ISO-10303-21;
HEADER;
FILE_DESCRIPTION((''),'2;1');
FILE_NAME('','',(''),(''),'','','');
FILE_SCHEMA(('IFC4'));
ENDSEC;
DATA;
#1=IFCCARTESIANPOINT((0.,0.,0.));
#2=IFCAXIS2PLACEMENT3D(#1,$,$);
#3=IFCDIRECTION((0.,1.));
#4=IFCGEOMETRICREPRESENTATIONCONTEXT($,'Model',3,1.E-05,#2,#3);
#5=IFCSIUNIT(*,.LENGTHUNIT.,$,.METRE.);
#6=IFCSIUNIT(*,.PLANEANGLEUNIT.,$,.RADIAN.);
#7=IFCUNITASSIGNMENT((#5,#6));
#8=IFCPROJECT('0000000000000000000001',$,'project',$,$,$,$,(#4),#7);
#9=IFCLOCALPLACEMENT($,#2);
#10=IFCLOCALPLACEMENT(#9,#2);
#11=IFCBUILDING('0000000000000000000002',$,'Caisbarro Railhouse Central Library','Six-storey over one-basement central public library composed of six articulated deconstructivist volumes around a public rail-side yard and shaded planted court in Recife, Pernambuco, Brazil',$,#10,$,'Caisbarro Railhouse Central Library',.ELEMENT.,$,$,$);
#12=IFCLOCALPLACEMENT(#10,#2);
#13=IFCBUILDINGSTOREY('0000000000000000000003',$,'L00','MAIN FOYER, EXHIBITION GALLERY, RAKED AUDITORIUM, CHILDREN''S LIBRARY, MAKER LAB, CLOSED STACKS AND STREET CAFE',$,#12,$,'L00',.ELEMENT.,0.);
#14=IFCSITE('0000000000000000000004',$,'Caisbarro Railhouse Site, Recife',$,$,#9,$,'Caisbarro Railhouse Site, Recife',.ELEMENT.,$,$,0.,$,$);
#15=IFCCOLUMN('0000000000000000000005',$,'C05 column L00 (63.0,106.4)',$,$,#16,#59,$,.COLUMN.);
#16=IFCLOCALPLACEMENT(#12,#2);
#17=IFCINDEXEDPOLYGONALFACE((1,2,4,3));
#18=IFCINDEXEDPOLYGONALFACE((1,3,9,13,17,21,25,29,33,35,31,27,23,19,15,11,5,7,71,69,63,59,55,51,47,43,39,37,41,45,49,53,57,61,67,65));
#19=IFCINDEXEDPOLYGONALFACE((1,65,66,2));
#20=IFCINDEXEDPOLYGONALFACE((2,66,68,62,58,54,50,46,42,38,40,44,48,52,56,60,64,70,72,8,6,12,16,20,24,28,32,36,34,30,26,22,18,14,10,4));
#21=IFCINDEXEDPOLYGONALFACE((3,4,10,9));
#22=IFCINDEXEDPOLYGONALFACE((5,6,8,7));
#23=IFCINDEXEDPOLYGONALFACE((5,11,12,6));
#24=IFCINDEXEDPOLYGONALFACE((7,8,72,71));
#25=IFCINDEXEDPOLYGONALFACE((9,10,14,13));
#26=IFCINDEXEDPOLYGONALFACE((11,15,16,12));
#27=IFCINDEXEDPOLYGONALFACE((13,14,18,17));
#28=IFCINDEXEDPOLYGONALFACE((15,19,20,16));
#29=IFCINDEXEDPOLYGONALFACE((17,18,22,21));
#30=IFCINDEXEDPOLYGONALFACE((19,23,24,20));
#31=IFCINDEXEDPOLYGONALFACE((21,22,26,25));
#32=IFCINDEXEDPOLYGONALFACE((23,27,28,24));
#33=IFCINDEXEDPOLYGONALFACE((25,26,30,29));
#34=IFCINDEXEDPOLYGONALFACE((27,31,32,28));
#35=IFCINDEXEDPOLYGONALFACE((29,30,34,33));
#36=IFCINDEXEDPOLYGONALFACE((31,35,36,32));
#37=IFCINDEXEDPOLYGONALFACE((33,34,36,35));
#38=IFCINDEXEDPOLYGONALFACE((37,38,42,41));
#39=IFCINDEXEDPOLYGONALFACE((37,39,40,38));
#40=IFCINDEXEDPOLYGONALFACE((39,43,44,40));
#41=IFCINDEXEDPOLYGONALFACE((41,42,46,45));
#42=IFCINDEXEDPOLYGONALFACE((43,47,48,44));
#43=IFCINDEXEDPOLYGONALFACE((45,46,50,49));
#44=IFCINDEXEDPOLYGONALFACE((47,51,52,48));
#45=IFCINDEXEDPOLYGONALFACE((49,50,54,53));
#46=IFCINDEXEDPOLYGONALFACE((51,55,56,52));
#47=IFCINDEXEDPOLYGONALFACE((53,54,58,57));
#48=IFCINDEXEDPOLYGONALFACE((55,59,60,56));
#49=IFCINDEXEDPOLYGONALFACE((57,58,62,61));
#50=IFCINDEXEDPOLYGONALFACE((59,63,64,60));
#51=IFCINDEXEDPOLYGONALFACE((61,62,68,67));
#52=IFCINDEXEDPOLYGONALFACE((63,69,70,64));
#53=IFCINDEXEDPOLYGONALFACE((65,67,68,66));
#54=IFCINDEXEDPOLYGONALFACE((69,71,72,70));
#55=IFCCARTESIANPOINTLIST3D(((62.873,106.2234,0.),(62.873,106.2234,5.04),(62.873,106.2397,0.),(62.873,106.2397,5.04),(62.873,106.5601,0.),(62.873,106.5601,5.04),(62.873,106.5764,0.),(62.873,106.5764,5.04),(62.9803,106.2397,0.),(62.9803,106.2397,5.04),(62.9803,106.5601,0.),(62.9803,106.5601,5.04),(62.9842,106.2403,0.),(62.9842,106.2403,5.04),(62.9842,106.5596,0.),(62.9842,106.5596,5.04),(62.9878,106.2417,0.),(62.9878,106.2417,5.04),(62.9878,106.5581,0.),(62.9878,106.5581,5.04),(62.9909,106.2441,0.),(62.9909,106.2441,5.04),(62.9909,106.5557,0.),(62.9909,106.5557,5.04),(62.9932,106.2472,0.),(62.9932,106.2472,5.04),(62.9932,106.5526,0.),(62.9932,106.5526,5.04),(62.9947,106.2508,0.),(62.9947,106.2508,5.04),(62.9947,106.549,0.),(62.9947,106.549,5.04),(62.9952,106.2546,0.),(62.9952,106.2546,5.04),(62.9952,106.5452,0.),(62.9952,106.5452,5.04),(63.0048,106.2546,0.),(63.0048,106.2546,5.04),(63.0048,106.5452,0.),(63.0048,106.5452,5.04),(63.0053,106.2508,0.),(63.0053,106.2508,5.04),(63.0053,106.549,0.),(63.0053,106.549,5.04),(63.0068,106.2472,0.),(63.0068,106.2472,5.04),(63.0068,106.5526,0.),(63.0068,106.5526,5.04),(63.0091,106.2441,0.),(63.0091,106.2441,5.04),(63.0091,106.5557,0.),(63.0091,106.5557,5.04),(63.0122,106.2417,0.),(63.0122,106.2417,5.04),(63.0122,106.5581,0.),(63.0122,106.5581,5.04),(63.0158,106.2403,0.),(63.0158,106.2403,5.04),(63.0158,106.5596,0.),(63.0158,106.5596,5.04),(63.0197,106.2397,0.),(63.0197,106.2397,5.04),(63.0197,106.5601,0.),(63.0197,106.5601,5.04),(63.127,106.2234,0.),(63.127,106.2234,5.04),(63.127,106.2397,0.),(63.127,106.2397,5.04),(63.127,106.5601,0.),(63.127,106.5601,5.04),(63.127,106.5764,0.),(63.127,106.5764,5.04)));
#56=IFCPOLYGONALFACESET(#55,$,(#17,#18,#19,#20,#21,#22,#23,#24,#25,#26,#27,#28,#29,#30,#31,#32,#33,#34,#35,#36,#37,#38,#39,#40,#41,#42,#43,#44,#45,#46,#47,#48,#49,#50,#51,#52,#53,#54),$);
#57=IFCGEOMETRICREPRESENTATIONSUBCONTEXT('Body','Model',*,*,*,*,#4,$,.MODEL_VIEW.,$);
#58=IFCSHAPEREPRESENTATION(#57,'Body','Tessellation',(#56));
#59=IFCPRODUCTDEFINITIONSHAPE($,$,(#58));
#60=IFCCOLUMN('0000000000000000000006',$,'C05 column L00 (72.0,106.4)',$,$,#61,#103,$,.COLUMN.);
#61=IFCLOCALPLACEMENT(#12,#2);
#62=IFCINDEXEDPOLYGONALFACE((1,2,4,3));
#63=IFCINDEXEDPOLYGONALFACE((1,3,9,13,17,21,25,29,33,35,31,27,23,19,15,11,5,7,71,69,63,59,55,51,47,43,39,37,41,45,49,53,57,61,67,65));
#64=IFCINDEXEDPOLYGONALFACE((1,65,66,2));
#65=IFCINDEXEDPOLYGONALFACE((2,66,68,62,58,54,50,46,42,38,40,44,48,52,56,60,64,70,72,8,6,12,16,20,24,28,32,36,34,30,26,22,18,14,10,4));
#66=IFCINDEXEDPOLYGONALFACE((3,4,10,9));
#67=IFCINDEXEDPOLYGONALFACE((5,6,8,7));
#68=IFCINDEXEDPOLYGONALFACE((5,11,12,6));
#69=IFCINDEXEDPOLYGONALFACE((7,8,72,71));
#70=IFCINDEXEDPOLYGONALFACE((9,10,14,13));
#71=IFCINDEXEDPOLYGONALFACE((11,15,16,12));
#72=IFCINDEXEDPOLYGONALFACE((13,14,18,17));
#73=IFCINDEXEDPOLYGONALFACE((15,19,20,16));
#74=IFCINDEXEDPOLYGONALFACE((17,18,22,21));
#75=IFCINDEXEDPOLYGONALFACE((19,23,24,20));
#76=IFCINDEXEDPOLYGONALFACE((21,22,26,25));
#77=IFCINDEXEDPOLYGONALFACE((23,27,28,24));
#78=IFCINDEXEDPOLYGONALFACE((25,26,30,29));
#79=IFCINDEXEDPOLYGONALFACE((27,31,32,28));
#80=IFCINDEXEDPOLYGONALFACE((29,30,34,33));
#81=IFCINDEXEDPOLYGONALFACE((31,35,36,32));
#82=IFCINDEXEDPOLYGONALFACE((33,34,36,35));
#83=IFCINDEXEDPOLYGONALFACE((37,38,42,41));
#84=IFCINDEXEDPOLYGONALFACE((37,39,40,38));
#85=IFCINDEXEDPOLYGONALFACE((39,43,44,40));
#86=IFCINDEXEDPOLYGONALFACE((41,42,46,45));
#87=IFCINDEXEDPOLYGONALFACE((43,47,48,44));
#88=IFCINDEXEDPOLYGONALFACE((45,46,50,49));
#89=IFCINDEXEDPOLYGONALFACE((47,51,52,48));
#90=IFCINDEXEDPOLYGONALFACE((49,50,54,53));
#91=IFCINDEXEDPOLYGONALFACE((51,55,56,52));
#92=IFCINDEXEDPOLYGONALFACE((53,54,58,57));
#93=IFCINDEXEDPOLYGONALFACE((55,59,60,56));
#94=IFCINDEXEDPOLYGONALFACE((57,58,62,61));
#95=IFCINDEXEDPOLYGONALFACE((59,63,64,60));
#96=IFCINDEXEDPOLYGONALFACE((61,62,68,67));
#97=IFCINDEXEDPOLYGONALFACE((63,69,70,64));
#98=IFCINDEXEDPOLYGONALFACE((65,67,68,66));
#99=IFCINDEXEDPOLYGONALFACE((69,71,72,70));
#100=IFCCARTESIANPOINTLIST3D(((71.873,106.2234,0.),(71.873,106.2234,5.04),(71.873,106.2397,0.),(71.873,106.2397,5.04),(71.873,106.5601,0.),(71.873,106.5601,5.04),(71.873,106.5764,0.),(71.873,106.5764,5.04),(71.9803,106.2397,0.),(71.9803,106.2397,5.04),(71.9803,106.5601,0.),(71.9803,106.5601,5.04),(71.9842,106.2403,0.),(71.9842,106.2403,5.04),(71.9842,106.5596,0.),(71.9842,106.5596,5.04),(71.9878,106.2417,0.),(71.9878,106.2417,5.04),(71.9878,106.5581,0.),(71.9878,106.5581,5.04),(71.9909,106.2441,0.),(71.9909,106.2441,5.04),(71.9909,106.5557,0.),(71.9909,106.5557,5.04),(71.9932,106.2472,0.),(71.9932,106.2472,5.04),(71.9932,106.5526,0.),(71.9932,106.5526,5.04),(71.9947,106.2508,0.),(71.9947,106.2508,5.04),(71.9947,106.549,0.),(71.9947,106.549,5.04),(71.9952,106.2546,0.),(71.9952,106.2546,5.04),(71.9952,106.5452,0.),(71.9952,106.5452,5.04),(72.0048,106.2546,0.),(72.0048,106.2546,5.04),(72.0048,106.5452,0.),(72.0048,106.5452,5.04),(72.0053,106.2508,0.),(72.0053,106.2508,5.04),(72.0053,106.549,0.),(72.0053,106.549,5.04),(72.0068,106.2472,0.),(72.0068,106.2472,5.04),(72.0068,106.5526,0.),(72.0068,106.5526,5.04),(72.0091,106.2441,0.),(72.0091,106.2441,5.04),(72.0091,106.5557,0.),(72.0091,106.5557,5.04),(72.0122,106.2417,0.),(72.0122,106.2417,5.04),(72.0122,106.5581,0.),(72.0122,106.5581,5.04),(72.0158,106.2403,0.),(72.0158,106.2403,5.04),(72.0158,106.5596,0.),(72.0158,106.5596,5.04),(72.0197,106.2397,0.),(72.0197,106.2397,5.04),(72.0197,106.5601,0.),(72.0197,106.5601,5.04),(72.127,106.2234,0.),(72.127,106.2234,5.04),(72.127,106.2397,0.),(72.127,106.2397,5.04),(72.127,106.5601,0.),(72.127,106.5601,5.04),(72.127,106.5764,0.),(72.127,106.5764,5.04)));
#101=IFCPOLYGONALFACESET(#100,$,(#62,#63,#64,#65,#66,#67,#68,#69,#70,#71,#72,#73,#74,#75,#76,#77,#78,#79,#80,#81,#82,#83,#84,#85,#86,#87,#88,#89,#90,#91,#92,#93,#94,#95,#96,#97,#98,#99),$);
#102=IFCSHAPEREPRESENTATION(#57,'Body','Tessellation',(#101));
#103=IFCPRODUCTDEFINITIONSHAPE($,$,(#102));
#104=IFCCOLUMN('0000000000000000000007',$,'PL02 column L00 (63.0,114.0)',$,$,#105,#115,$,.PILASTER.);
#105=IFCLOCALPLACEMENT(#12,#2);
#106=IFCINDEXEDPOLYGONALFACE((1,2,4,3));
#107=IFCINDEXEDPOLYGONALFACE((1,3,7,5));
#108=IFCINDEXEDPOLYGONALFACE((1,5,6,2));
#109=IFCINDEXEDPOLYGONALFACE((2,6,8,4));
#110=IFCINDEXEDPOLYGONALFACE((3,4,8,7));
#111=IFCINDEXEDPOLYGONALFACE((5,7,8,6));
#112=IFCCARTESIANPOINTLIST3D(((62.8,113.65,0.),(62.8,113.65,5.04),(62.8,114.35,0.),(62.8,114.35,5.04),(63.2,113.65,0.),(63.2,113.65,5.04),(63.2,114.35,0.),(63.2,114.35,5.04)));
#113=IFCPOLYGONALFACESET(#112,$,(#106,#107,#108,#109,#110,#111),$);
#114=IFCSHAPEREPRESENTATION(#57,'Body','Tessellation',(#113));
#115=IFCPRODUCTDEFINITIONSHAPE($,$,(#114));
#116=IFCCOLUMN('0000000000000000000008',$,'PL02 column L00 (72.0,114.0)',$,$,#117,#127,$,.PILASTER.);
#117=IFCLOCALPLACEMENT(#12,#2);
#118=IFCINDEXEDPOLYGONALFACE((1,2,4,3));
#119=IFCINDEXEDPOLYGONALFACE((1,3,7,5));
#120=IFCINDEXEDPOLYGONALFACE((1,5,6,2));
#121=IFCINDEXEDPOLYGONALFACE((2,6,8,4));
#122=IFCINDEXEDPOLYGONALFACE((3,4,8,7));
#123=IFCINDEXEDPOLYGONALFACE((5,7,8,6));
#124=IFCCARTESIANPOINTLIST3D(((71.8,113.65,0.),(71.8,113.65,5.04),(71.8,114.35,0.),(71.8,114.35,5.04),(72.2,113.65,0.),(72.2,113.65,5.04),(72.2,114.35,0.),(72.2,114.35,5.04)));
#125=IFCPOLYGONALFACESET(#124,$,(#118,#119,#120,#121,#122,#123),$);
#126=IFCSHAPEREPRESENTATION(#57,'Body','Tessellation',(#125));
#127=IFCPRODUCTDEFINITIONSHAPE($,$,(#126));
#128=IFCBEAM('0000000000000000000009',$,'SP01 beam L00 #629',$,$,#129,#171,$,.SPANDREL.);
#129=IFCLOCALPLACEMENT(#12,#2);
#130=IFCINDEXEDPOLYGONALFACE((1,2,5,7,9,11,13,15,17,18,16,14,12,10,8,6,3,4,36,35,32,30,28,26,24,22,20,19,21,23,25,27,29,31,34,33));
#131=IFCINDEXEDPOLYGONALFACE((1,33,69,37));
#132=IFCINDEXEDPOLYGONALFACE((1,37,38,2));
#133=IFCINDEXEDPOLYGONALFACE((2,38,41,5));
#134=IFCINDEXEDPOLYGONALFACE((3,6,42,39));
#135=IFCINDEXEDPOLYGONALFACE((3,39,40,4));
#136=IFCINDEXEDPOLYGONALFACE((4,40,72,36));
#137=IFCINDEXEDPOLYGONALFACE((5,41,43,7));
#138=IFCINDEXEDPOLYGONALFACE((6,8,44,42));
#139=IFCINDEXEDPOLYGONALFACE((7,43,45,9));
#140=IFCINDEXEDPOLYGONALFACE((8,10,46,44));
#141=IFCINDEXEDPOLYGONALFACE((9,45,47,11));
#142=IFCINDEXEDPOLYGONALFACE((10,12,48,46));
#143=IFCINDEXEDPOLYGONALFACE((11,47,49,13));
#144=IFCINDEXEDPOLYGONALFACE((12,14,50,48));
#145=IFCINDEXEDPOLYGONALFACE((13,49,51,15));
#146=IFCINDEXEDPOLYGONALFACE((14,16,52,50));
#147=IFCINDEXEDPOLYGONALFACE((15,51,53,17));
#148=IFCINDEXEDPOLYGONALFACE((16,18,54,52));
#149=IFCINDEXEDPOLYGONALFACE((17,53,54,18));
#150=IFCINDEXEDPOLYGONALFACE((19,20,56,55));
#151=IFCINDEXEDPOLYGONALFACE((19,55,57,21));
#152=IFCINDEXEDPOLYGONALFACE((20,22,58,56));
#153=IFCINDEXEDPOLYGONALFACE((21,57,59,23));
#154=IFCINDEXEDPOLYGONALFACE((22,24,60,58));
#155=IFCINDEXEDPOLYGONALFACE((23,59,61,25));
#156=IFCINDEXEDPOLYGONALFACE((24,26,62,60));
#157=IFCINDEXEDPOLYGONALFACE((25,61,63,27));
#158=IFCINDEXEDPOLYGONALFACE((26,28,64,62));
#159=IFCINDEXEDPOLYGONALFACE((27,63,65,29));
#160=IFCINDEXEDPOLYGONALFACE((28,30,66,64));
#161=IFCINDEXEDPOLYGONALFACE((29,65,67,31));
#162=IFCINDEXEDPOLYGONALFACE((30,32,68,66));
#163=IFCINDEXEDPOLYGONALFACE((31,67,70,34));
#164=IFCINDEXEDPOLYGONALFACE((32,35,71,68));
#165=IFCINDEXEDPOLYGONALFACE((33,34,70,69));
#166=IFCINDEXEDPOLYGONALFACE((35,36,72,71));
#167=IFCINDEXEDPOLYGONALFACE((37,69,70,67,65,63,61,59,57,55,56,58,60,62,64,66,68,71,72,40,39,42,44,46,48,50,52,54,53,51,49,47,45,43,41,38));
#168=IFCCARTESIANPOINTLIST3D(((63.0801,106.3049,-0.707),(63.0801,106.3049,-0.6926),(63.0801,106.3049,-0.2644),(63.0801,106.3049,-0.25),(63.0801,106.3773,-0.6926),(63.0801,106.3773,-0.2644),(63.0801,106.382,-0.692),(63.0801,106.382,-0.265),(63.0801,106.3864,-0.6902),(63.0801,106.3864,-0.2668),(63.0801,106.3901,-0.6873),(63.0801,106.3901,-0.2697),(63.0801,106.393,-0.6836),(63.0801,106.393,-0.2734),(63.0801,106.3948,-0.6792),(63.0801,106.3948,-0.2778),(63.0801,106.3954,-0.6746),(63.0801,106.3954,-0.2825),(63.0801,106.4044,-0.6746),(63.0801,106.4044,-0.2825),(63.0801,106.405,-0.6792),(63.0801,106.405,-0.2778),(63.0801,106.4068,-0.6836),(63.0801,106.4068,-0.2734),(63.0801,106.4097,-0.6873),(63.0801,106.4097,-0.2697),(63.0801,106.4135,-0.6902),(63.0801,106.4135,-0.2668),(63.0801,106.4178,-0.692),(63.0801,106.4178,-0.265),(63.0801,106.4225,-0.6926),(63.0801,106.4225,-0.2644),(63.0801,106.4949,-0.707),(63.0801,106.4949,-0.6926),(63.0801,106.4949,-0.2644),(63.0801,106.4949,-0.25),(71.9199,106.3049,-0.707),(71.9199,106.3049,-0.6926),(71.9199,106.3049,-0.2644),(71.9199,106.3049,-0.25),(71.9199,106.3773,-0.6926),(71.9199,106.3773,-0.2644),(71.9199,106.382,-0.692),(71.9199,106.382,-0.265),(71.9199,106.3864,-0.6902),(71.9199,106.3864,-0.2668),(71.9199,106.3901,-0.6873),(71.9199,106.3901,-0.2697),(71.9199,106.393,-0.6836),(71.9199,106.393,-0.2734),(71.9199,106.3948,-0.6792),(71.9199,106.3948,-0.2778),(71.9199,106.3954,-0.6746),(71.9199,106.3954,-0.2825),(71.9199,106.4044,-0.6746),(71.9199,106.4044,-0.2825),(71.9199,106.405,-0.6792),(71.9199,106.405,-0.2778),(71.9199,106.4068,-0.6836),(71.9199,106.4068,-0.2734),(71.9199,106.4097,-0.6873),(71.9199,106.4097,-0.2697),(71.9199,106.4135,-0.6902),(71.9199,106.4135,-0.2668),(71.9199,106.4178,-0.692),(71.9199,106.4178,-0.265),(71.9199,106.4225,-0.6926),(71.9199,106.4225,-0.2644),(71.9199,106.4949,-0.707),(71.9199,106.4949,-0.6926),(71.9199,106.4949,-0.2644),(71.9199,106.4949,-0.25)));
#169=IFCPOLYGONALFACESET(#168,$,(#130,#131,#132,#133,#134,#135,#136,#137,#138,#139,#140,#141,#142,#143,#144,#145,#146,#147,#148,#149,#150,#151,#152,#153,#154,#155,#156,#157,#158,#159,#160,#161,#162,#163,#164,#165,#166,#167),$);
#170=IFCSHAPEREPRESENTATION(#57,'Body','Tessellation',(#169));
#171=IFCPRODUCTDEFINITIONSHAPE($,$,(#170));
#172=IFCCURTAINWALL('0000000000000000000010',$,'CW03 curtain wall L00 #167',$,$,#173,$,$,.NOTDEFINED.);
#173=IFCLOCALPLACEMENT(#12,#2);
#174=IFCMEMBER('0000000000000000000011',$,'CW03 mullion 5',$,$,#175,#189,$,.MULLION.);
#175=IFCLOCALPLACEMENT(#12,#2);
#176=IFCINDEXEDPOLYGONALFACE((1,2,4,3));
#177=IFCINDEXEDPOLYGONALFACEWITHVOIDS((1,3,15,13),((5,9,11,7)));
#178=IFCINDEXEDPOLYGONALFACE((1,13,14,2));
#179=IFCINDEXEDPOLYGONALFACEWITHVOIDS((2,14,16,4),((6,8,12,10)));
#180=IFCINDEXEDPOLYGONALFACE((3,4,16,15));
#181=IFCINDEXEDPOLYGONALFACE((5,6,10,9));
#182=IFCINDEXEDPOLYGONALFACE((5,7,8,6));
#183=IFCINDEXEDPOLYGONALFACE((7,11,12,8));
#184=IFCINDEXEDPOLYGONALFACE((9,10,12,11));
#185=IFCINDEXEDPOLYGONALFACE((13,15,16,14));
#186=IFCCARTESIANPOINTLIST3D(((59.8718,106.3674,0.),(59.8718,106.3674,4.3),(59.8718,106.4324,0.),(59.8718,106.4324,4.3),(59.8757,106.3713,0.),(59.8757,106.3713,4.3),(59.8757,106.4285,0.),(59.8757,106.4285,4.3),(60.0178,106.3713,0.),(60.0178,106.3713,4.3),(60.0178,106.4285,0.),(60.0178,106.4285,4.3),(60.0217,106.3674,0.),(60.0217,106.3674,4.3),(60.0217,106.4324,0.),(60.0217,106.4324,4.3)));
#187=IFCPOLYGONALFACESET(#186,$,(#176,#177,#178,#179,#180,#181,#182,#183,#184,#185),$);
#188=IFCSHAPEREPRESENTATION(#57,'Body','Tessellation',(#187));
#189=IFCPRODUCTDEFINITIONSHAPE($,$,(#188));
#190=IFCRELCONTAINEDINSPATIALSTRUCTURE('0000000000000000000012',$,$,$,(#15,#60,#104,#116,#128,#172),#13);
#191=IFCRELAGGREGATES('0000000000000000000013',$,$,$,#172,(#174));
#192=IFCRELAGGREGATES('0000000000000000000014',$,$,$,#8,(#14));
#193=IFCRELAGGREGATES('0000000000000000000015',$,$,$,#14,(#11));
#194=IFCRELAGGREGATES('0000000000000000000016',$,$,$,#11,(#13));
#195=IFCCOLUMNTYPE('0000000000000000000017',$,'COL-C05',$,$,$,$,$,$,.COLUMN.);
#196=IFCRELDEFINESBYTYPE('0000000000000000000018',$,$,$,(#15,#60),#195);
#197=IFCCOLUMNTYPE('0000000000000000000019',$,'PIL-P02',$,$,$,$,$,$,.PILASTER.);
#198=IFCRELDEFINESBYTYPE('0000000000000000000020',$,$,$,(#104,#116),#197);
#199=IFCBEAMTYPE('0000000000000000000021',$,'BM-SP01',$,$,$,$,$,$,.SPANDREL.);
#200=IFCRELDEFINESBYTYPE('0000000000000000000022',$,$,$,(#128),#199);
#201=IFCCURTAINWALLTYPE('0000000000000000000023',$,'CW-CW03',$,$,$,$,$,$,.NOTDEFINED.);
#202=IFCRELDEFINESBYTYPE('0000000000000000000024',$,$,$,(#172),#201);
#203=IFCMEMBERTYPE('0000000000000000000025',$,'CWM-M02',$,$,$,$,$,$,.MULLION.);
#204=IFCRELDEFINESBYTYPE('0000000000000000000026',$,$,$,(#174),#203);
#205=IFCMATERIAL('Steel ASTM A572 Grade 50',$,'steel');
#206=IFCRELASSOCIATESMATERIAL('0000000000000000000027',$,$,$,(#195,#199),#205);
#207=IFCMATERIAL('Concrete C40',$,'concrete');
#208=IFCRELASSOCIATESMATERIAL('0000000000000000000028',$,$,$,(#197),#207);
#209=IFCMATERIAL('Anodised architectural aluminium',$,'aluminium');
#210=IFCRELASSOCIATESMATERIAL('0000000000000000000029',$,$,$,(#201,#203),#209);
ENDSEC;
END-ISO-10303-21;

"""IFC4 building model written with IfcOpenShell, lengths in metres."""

from ifc_helpers import new_model, si_unit, direction, frame, origin, origin_2d, place, context, subcontext, project, spatial, rectangle, hollow_rectangle, i_section, extrude, material, material_profile, profile_set, type_object, element, aggregate, save


model = new_model("IFC4")

# Units and contexts
model_context = context("Model", 3, precision=1e-05, world=origin(), true_north=direction((0.0, 1.0)))
body_context = subcontext(model_context, "Body", "Model", "MODEL_VIEW")
ifc_project = project(units=[si_unit("LENGTHUNIT", "METRE"), si_unit("PLANEANGLEUNIT", "RADIAN")], contexts=[model_context])

# Site, building, storey
site_placement = place(None, origin())
site = spatial("IfcSite", under=ifc_project, at=site_placement, Name="Caisbarro Railhouse Site, Recife", LongName="Caisbarro Railhouse Site, Recife", CompositionType="ELEMENT", RefElevation=0.0)
building_placement = place(site_placement, origin())
building = spatial("IfcBuilding", under=site, at=building_placement, Name="Caisbarro Railhouse Central Library", Description="Six-storey over one-basement central public library composed of six articulated deconstructivist volumes around a public rail-side yard and shaded planted court in Recife, Pernambuco, Brazil", LongName="Caisbarro Railhouse Central Library", CompositionType="ELEMENT")
storey_placement = place(building_placement, origin())
storey = spatial("IfcBuildingStorey", under=building, at=storey_placement, Name="L00", Description="MAIN FOYER, EXHIBITION GALLERY, RAKED AUDITORIUM, CHILDREN'S LIBRARY, MAKER LAB, CLOSED STACKS AND STREET CAFE", LongName="L00", CompositionType="ELEMENT", Elevation=0.0)

# Columns
ifc_material_1 = material(Name="Steel ASTM A572 Grade 50", Category="steel")
ifc_material_profile_1 = material_profile(ifc_material_1, i_section(OverallWidth=0.2539, OverallDepth=0.353, WebThickness=0.0095, FlangeThickness=0.0164, FilletRadius=0.0149, at=origin_2d()), Name="W360X91.0")
ifc_profile_set_1 = profile_set([ifc_material_profile_1], Name="Steel ASTM A572 Grade 50")
column_type_1 = type_object("IfcColumnType", Name="COL-C05", PredefinedType="COLUMN", material=ifc_profile_set_1)
for number, where, z_axis, x_axis, name in (
    (1, (63.0, 106.3999, 0.0), (0.0, 0.0, 1.0), (1.0, 0.0, 0.0), "C05 column L00 (63.0,106.4)"),
    (2, (72.0, 106.3999, 0.0), (0.0, 0.0, 1.0), (1.0, 0.0, 0.0), "C05 column L00 (72.0,106.4)"),
):
    element("IfcColumn", number, at=place(storey_placement, frame(where, z_axis=z_axis, x_axis=x_axis)), inside=storey, type_object=column_type_1, Name=name, PredefinedType="COLUMN", context=body_context, shape_type="SweptSolid", body=[
        extrude(i_section(OverallWidth=0.2539, OverallDepth=0.353, WebThickness=0.0095, FlangeThickness=0.0164, FilletRadius=0.0149, at=origin_2d()), origin(), (0.0, 0.0, 1.0), 5.04),
    ])
ifc_material_2 = material(Name="Concrete C40", Category="concrete")
ifc_material_profile_2 = material_profile(ifc_material_2, rectangle(XDim=0.3999, YDim=0.7, at=origin_2d()), Name="RC-PIL-400X700")
ifc_profile_set_2 = profile_set([ifc_material_profile_2], Name="Concrete C40")
column_type_2 = type_object("IfcColumnType", Name="PIL-P02", PredefinedType="PILASTER", material=ifc_profile_set_2)
for number, where, z_axis, x_axis, name in (
    (3, (63.0, 114.0, 0.0), (0.0, 0.0, 1.0), (1.0, 0.0, 0.0), "PL02 column L00 (63.0,114.0)"),
    (4, (72.0, 114.0, 0.0), (0.0, 0.0, 1.0), (1.0, 0.0, 0.0), "PL02 column L00 (72.0,114.0)"),
):
    element("IfcColumn", number, at=place(storey_placement, frame(where, z_axis=z_axis, x_axis=x_axis)), inside=storey, type_object=column_type_2, Name=name, PredefinedType="PILASTER", context=body_context, shape_type="SweptSolid", body=[
        extrude(rectangle(XDim=0.3999, YDim=0.7, at=origin_2d()), origin(), (0.0, 0.0, 1.0), 5.04),
    ])

# Beam
ifc_material_profile_3 = material_profile(ifc_material_1, i_section(OverallWidth=0.1899, OverallDepth=0.457, WebThickness=0.009, FlangeThickness=0.0144, FilletRadius=0.0181, at=origin_2d()), Name="W460X74.0")
ifc_profile_set_3 = profile_set([ifc_material_profile_3], Name="Steel ASTM A572 Grade 50")
beam_type = type_object("IfcBeamType", Name="BM-SP01", PredefinedType="SPANDREL", material=ifc_profile_set_3)
beam_placement = place(storey_placement, frame((63.0801, 106.3999, -0.4785), z_axis=(1.0, 0.0, 0.0), x_axis=(0.0, 1.0, 0.0)))
element("IfcBeam", 5, at=beam_placement, inside=storey, type_object=beam_type, Name="SP01 beam L00 #629", PredefinedType="SPANDREL", context=body_context, shape_type="SweptSolid", body=[
    extrude(i_section(OverallWidth=0.1899, OverallDepth=0.457, WebThickness=0.009, FlangeThickness=0.0144, FilletRadius=0.0181, at=origin_2d()), origin(), (0.0, 0.0, 1.0), 8.8398),
])

# Curtain wall, member
ifc_material_3 = material(Name="Anodised architectural aluminium", Category="aluminium")
curtain_wall_type = type_object("IfcCurtainWallType", Name="CW-CW03", PredefinedType="NOTDEFINED", material=ifc_material_3)
curtain_wall_placement = place(storey_placement, origin())
curtain_wall = element("IfcCurtainWall", 6, at=curtain_wall_placement, inside=storey, type_object=curtain_wall_type, Name="CW03 curtain wall L00 #167", PredefinedType="NOTDEFINED")
ifc_material_profile_4 = material_profile(ifc_material_3, hollow_rectangle(XDim=0.0649, YDim=0.1499, WallThickness=0.0039, at=origin_2d()), Name="ALU-MUL-65X150")
ifc_profile_set_4 = profile_set([ifc_material_profile_4], Name="Anodised architectural aluminium")
member_type_1 = type_object("IfcMemberType", Name="CWM-M02", PredefinedType="MULLION", material=ifc_profile_set_4)
member_1_placement = place(storey_placement, frame((59.9468, 106.3999, 0.0), z_axis=(0.0, 0.0, 1.0), x_axis=(0.0, 1.0, 0.0)))
member_1 = element("IfcMember", 7, at=member_1_placement, type_object=member_type_1, Name="CW03 mullion 5", PredefinedType="MULLION", context=body_context, shape_type="SweptSolid", body=[
    extrude(hollow_rectangle(XDim=0.0649, YDim=0.1499, WallThickness=0.0039, at=origin_2d()), origin(), (0.0, 0.0, 1.0), 4.3),
])
aggregate(curtain_wall, [member_1])

save(model, "model.ifc")
